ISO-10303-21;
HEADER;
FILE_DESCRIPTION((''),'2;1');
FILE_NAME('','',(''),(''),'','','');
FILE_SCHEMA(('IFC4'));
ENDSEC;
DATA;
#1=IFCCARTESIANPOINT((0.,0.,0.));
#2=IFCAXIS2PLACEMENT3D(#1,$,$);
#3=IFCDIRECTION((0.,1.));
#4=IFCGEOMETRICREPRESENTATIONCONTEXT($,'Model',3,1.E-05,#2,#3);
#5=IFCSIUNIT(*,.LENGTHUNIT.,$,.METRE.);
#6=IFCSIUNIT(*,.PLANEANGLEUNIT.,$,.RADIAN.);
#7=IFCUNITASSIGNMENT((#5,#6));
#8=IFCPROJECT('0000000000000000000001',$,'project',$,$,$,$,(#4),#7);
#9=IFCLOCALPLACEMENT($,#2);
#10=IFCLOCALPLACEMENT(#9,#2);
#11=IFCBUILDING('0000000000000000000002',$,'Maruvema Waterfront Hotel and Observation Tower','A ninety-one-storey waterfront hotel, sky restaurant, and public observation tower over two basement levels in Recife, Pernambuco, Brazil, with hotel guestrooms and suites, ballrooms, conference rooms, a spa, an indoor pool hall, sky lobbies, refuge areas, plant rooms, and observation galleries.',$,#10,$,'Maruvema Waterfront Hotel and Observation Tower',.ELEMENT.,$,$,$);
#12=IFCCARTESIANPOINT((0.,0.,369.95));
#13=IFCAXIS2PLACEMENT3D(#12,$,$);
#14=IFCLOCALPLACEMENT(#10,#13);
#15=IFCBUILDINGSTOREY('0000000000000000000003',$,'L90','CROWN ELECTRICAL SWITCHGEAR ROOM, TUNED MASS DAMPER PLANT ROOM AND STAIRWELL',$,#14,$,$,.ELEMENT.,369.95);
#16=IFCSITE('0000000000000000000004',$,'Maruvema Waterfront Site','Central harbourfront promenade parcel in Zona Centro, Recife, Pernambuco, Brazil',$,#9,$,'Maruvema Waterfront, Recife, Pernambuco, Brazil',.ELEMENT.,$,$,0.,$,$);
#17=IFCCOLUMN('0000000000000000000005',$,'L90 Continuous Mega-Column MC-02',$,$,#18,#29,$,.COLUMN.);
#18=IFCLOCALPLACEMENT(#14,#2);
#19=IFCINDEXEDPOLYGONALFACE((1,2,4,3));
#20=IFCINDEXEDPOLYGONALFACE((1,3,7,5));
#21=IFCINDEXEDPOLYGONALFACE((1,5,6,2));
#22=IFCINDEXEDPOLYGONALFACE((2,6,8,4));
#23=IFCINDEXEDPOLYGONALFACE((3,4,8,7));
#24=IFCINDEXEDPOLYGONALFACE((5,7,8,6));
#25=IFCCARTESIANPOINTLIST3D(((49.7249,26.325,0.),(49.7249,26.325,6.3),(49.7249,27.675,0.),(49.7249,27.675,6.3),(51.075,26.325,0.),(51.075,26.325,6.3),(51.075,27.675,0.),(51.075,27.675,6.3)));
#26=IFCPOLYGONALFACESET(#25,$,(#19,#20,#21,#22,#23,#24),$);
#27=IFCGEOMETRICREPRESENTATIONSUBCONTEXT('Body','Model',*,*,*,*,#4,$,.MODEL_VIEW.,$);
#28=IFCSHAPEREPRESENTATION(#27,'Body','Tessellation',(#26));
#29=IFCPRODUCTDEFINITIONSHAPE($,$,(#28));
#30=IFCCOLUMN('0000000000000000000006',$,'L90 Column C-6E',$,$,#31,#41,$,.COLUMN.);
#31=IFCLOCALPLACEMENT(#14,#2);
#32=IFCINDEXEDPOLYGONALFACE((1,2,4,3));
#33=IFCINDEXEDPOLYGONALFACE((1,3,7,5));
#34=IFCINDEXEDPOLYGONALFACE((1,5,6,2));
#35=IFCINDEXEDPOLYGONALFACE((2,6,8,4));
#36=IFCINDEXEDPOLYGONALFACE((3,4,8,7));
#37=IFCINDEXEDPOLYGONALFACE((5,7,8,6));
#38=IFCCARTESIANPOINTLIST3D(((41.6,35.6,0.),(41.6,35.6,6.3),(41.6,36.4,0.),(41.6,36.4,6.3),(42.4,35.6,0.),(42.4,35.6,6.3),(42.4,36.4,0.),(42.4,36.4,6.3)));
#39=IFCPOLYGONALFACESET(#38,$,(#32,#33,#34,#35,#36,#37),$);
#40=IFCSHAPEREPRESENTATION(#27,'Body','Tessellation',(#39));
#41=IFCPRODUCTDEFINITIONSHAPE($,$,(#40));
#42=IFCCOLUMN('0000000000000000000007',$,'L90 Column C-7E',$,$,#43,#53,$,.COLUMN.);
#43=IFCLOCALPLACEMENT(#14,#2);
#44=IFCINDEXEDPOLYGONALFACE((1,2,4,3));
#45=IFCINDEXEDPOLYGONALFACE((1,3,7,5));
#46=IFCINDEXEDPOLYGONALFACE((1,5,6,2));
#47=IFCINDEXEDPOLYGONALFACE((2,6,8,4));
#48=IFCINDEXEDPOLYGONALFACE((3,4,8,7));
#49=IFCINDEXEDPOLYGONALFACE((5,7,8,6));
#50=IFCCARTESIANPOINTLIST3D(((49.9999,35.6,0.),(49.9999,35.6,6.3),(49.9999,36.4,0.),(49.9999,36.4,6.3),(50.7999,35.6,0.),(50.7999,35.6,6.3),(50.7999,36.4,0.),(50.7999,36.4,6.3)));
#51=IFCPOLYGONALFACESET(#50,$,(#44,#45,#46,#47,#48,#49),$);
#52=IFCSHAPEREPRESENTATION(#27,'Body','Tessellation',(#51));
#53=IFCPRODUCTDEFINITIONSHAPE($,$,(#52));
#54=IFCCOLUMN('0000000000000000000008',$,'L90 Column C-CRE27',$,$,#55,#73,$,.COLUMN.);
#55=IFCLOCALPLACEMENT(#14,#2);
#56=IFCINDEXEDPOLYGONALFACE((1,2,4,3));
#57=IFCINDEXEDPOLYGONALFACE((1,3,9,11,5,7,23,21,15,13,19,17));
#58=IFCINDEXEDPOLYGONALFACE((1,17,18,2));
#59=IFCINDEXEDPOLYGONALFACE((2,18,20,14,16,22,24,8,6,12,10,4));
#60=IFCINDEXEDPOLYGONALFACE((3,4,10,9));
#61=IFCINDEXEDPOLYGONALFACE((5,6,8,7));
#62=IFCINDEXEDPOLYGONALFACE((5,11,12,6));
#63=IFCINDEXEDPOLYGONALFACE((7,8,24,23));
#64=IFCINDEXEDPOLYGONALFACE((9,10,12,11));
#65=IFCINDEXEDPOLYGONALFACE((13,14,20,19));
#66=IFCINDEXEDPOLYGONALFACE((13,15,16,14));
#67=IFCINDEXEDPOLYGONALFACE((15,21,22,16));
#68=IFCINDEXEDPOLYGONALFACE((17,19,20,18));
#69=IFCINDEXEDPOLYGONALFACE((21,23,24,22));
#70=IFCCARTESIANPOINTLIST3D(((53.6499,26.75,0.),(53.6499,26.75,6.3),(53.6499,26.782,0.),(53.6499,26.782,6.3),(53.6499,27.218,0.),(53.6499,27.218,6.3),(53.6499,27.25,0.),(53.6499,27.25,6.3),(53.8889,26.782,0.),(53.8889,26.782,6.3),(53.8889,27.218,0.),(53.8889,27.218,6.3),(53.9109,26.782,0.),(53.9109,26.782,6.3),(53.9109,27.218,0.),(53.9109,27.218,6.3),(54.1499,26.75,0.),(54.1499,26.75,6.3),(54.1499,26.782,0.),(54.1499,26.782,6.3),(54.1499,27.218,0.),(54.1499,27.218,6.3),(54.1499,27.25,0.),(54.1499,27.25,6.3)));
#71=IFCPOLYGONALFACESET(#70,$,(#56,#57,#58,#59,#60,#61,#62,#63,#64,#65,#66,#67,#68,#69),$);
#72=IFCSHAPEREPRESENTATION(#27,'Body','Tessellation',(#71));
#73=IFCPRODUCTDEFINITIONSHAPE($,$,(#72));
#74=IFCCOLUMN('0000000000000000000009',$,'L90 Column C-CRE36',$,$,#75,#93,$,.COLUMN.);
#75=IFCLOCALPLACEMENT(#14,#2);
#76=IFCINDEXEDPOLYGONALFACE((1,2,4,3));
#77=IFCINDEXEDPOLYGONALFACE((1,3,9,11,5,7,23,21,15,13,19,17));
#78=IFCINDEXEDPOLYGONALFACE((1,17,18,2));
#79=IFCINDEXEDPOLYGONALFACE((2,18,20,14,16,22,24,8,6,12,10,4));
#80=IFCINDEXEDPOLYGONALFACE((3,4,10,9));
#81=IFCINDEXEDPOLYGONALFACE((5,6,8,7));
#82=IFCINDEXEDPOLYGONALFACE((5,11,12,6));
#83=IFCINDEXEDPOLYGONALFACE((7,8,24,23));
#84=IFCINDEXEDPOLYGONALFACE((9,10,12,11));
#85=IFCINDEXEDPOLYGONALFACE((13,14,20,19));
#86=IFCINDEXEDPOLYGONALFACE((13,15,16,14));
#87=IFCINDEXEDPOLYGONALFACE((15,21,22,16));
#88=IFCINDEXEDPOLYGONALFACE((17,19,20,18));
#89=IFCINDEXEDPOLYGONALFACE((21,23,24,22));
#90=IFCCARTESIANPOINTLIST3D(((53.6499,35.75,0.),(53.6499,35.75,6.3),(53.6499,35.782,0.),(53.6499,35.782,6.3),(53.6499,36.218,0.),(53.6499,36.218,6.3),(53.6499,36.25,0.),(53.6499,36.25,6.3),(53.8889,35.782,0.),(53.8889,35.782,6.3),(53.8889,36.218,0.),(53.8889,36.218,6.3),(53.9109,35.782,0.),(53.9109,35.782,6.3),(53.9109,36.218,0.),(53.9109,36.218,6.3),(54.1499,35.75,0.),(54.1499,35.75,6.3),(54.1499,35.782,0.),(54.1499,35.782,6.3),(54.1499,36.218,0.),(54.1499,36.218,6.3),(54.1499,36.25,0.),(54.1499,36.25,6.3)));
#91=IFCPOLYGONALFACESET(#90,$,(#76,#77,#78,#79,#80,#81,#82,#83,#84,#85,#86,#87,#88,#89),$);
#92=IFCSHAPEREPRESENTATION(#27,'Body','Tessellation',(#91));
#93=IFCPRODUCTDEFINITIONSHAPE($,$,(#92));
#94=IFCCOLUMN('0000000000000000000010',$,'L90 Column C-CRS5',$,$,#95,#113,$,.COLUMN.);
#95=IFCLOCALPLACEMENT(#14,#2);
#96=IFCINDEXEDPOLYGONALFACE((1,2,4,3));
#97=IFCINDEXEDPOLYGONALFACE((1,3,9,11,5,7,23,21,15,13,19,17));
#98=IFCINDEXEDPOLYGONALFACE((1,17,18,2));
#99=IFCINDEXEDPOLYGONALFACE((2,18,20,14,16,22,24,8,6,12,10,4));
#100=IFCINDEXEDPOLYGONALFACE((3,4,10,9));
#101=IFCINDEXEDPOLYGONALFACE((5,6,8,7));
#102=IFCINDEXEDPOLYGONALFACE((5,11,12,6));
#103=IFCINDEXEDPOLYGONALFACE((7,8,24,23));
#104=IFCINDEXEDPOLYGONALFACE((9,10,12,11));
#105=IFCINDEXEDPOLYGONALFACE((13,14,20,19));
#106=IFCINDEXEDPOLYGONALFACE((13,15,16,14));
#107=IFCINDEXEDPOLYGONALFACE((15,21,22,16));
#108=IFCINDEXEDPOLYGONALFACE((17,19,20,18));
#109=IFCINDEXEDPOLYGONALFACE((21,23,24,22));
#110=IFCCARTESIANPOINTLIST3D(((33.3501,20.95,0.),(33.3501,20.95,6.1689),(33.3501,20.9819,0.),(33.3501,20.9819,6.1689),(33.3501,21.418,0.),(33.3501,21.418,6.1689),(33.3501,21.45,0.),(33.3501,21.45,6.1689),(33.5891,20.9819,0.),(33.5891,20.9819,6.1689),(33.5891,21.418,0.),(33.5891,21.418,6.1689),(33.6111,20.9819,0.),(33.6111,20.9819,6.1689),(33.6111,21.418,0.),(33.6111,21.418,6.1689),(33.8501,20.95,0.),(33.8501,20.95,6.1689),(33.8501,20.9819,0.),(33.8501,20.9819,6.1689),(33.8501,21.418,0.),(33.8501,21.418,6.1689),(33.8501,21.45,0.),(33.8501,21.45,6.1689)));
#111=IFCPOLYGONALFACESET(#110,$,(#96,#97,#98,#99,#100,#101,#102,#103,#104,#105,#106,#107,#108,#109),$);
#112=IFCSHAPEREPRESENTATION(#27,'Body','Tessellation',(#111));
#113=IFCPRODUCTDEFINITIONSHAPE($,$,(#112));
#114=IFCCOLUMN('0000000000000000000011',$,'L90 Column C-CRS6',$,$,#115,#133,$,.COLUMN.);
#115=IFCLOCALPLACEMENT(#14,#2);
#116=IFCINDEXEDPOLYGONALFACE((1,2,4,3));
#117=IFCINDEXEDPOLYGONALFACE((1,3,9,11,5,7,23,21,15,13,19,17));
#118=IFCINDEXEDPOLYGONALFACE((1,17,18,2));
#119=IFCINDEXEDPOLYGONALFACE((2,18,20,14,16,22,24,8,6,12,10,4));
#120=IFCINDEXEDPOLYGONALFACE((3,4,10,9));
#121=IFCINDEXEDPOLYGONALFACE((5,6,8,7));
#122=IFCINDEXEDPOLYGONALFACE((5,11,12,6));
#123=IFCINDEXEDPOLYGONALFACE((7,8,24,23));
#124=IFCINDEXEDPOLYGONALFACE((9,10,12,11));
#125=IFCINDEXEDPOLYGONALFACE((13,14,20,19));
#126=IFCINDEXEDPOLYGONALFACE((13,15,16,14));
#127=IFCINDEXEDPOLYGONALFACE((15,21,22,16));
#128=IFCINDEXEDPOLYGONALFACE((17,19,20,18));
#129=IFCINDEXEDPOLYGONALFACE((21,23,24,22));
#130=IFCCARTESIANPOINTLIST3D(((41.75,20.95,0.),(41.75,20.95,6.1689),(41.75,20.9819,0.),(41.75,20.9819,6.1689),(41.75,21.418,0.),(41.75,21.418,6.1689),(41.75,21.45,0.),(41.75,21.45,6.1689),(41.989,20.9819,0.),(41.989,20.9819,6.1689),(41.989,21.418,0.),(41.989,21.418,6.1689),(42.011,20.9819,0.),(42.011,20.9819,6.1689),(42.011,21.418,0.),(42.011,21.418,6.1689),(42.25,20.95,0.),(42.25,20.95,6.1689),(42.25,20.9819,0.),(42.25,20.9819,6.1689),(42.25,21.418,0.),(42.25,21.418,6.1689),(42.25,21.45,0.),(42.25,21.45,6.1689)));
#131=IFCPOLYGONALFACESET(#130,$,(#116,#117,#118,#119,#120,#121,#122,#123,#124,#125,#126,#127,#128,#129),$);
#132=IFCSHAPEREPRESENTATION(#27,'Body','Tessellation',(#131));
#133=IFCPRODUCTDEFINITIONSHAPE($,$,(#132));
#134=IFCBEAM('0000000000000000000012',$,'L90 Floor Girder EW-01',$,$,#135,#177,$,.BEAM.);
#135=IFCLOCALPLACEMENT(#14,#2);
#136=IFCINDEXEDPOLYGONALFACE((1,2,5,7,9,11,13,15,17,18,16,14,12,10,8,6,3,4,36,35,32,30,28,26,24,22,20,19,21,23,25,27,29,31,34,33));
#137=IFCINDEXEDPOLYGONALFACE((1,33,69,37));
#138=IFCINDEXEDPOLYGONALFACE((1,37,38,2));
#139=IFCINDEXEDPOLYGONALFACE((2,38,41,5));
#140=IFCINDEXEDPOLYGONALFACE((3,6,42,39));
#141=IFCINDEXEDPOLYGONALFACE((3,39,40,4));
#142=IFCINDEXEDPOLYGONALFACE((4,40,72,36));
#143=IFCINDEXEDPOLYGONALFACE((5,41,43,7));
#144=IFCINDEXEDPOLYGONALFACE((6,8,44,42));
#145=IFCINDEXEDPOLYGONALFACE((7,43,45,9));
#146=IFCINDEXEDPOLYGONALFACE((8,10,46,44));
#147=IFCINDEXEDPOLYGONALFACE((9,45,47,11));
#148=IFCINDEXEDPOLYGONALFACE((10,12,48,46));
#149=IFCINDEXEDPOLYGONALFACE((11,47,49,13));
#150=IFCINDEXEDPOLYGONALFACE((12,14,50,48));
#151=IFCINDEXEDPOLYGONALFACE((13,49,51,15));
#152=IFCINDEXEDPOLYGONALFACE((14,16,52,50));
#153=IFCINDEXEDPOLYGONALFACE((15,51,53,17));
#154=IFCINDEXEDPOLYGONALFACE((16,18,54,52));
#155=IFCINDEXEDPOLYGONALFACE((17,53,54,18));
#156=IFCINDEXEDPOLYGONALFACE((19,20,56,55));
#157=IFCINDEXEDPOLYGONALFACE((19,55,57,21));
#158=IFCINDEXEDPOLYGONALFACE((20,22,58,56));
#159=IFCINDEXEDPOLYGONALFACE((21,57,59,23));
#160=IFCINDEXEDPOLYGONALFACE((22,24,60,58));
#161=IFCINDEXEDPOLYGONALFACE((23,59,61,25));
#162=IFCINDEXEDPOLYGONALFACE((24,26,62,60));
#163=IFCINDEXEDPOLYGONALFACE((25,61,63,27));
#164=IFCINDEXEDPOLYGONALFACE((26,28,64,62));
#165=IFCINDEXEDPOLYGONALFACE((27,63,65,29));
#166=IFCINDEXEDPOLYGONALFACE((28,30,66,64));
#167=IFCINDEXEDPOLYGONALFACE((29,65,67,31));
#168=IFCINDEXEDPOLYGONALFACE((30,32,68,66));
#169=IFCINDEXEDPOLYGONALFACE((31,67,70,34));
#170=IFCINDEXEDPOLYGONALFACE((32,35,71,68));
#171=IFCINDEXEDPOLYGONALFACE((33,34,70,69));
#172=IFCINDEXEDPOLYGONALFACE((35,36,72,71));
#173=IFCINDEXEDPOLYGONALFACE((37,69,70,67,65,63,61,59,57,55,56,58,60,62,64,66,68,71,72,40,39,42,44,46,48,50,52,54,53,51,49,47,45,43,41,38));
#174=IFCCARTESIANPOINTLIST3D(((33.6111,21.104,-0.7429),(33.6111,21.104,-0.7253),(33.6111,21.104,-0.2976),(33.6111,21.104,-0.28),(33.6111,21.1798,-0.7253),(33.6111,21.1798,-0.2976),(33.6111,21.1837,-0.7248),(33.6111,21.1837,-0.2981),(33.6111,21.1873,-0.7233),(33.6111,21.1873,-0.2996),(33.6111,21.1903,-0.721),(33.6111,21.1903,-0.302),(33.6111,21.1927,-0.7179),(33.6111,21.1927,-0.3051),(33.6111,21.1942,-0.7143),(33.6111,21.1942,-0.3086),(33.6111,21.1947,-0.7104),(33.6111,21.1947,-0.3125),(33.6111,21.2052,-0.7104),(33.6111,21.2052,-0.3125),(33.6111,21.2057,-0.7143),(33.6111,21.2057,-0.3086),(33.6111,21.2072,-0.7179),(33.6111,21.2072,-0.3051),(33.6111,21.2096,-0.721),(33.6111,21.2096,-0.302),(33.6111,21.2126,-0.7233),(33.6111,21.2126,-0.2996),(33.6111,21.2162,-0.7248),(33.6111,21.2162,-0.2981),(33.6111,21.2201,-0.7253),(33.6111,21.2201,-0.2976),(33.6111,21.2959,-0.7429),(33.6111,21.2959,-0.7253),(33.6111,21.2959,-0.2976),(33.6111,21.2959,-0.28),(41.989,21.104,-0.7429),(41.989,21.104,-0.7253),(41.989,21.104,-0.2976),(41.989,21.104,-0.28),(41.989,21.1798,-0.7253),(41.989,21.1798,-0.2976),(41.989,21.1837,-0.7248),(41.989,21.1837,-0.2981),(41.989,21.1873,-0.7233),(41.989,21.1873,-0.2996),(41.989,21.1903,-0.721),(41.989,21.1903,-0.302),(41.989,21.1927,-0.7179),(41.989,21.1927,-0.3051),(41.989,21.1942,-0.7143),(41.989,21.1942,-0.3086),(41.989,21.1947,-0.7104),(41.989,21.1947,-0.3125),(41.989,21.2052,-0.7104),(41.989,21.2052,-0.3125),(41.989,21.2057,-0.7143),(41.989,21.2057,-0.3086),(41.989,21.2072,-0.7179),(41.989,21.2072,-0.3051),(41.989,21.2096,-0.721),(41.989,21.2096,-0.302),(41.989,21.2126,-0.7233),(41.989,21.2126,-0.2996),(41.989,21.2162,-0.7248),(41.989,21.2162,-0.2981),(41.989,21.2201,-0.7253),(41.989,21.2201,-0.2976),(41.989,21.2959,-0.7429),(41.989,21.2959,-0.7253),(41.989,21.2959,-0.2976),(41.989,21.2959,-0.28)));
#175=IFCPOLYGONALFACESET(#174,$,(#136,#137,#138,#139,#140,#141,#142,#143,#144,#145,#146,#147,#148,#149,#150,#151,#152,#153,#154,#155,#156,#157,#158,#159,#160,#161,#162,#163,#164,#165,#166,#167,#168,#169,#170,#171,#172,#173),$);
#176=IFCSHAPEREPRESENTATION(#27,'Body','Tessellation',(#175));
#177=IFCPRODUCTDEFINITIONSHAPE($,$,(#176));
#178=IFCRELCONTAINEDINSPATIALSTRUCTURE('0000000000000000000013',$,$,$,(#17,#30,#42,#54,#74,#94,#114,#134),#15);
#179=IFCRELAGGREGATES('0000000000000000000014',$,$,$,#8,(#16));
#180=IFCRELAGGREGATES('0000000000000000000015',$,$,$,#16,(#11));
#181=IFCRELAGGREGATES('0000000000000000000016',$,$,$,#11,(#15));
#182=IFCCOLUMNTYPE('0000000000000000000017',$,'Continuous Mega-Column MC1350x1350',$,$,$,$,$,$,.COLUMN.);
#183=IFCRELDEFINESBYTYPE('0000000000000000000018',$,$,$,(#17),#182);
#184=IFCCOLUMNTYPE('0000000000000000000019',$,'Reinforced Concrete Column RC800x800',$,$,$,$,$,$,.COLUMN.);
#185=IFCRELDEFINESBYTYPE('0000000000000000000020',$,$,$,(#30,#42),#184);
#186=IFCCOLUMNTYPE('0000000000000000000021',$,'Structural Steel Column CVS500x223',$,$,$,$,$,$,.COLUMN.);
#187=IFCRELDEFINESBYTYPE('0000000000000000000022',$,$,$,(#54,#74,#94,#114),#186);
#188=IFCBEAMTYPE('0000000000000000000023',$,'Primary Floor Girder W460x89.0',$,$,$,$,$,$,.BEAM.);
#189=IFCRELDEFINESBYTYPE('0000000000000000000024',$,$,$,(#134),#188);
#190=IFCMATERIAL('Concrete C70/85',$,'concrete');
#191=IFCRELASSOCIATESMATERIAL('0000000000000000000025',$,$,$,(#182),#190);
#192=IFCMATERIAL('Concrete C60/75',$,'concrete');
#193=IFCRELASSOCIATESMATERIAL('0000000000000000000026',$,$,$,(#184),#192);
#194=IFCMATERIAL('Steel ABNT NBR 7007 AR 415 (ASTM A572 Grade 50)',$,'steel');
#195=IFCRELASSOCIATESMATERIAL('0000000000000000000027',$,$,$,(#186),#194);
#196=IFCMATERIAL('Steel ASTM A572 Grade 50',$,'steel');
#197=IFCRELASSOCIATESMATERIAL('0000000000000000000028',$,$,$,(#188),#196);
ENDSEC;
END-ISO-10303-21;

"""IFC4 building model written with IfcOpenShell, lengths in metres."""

from ifc_helpers import new_model, si_unit, direction, frame, origin, origin_2d, place, context, subcontext, project, spatial, rectangle, i_section, extrude, material, material_profile, profile_set, type_object, element, save


model = new_model("IFC4")

# Units and contexts
model_context = context("Model", 3, precision=1e-05, world=origin(), true_north=direction((0.0, 1.0)))
body_context = subcontext(model_context, "Body", "Model", "MODEL_VIEW")
ifc_project = project(units=[si_unit("LENGTHUNIT", "METRE"), si_unit("PLANEANGLEUNIT", "RADIAN")], contexts=[model_context])

# Site, building, storey
site_placement = place(None, origin())
site = spatial("IfcSite", under=ifc_project, at=site_placement, Name="Maruvema Waterfront Site", Description="Central harbourfront promenade parcel in Zona Centro, Recife, Pernambuco, Brazil", LongName="Maruvema Waterfront, Recife, Pernambuco, Brazil", CompositionType="ELEMENT", RefElevation=0.0)
building_placement = place(site_placement, origin())
building = spatial("IfcBuilding", under=site, at=building_placement, Name="Maruvema Waterfront Hotel and Observation Tower", Description="A ninety-one-storey waterfront hotel, sky restaurant, and public observation tower over two basement levels in Recife, Pernambuco, Brazil, with hotel guestrooms and suites, ballrooms, conference rooms, a spa, an indoor pool hall, sky lobbies, refuge areas, plant rooms, and observation galleries.", LongName="Maruvema Waterfront Hotel and Observation Tower", CompositionType="ELEMENT")
storey_placement = place(building_placement, frame((0.0, 0.0, 369.95)))
storey = spatial("IfcBuildingStorey", under=building, at=storey_placement, Name="L90", Description="CROWN ELECTRICAL SWITCHGEAR ROOM, TUNED MASS DAMPER PLANT ROOM AND STAIRWELL", CompositionType="ELEMENT", Elevation=369.95)

# Columns
ifc_material_1 = material(Name="Concrete C70/85", Category="concrete")
ifc_material_profile_1 = material_profile(ifc_material_1, rectangle(XDim=1.3501, YDim=1.3501, at=origin_2d()), Name="MC1350x1350")
ifc_profile_set_1 = profile_set([ifc_material_profile_1], Name="Concrete C70/85")
column_type_1 = type_object("IfcColumnType", Name="Continuous Mega-Column MC1350x1350", PredefinedType="COLUMN", material=ifc_profile_set_1)
column_placement = place(storey_placement, frame((50.3999, 27.0, 0.0), z_axis=(0.0, 0.0, 1.0), x_axis=(1.0, 0.0, 0.0)))
element("IfcColumn", 1, at=column_placement, inside=storey, type_object=column_type_1, Name="L90 Continuous Mega-Column MC-02", PredefinedType="COLUMN", context=body_context, shape_type="SweptSolid", body=[
    extrude(rectangle(XDim=1.3501, YDim=1.3501, at=origin_2d()), origin(), (0.0, 0.0, 1.0), 6.3),
])
ifc_material_2 = material(Name="Concrete C60/75", Category="concrete")
ifc_material_profile_2 = material_profile(ifc_material_2, rectangle(XDim=0.8, YDim=0.8, at=origin_2d()), Name="RC800x800")
ifc_profile_set_2 = profile_set([ifc_material_profile_2], Name="Concrete C60/75")
column_type_2 = type_object("IfcColumnType", Name="Reinforced Concrete Column RC800x800", PredefinedType="COLUMN", material=ifc_profile_set_2)
for number, where, z_axis, x_axis, name in (
    (2, (42.0, 36.0, 0.0), (0.0, 0.0, 1.0), (1.0, 0.0, 0.0), "L90 Column C-6E"),
    (3, (50.3999, 36.0, 0.0), (0.0, 0.0, 1.0), (1.0, 0.0, 0.0), "L90 Column C-7E"),
):
    element("IfcColumn", number, at=place(storey_placement, frame(where, z_axis=z_axis, x_axis=x_axis)), inside=storey, type_object=column_type_2, Name=name, PredefinedType="COLUMN", context=body_context, shape_type="SweptSolid", body=[
        extrude(rectangle(XDim=0.8, YDim=0.8, at=origin_2d()), origin(), (0.0, 0.0, 1.0), 6.3),
    ])
ifc_material_3 = material(Name="Steel ABNT NBR 7007 AR 415 (ASTM A572 Grade 50)", Category="steel")
ifc_material_profile_3 = material_profile(ifc_material_3, i_section(OverallWidth=0.5, OverallDepth=0.5, WebThickness=0.022, FlangeThickness=0.032, at=origin_2d()), Name="CVS500x223")
ifc_profile_set_3 = profile_set([ifc_material_profile_3], Name="Steel ABNT NBR 7007 AR 415 (ASTM A572 Grade 50)")
column_type_3 = type_object("IfcColumnType", Name="Structural Steel Column CVS500x223", PredefinedType="COLUMN", material=ifc_profile_set_3)
for number, where, z_axis, x_axis, name in (
    (4, (53.8999, 27.0, 0.0), (0.0, 0.0, 1.0), (1.0, 0.0, 0.0), "L90 Column C-CRE27"),
    (5, (53.8999, 36.0, 0.0), (0.0, 0.0, 1.0), (1.0, 0.0, 0.0), "L90 Column C-CRE36"),
):
    element("IfcColumn", number, at=place(storey_placement, frame(where, z_axis=z_axis, x_axis=x_axis)), inside=storey, type_object=column_type_3, Name=name, PredefinedType="COLUMN", context=body_context, shape_type="SweptSolid", body=[
        extrude(i_section(OverallWidth=0.5, OverallDepth=0.5, WebThickness=0.022, FlangeThickness=0.032, at=origin_2d()), origin(), (0.0, 0.0, 1.0), 6.3),
    ])
for number, where, z_axis, x_axis, name in (
    (6, (33.6001, 21.2, 0.0), (0.0, 0.0, 1.0), (1.0, 0.0, 0.0), "L90 Column C-CRS5"),
    (7, (42.0, 21.2, 0.0), (0.0, 0.0, 1.0), (1.0, 0.0, 0.0), "L90 Column C-CRS6"),
):
    element("IfcColumn", number, at=place(storey_placement, frame(where, z_axis=z_axis, x_axis=x_axis)), inside=storey, type_object=column_type_3, Name=name, PredefinedType="COLUMN", context=body_context, shape_type="SweptSolid", body=[
        extrude(i_section(OverallWidth=0.5, OverallDepth=0.5, WebThickness=0.022, FlangeThickness=0.032, at=origin_2d()), origin(), (0.0, 0.0, 1.0), 6.1689),
    ])

# Beam
ifc_material_4 = material(Name="Steel ASTM A572 Grade 50", Category="steel")
ifc_material_profile_4 = material_profile(ifc_material_4, i_section(OverallWidth=0.1919, OverallDepth=0.4629, WebThickness=0.0105, FlangeThickness=0.0176, FilletRadius=0.0149, at=origin_2d()), Name="W460x89.0")
ifc_profile_set_4 = profile_set([ifc_material_profile_4], Name="Steel ASTM A572 Grade 50")
beam_type = type_object("IfcBeamType", Name="Primary Floor Girder W460x89.0", PredefinedType="BEAM", material=ifc_profile_set_4)
beam_1_placement = place(storey_placement, frame((33.6111, 21.2, -0.5115), z_axis=(1.0, 0.0, 0.0), x_axis=(0.0, 1.0, 0.0)))
element("IfcBeam", 8, at=beam_1_placement, inside=storey, type_object=beam_type, Name="L90 Floor Girder EW-01", PredefinedType="BEAM", context=body_context, shape_type="SweptSolid", body=[
    extrude(i_section(OverallWidth=0.1919, OverallDepth=0.4629, WebThickness=0.0105, FlangeThickness=0.0176, FilletRadius=0.0149, at=origin_2d()), origin(), (0.0, 0.0, 1.0), 8.3779),
])

save(model, "model.ifc")
